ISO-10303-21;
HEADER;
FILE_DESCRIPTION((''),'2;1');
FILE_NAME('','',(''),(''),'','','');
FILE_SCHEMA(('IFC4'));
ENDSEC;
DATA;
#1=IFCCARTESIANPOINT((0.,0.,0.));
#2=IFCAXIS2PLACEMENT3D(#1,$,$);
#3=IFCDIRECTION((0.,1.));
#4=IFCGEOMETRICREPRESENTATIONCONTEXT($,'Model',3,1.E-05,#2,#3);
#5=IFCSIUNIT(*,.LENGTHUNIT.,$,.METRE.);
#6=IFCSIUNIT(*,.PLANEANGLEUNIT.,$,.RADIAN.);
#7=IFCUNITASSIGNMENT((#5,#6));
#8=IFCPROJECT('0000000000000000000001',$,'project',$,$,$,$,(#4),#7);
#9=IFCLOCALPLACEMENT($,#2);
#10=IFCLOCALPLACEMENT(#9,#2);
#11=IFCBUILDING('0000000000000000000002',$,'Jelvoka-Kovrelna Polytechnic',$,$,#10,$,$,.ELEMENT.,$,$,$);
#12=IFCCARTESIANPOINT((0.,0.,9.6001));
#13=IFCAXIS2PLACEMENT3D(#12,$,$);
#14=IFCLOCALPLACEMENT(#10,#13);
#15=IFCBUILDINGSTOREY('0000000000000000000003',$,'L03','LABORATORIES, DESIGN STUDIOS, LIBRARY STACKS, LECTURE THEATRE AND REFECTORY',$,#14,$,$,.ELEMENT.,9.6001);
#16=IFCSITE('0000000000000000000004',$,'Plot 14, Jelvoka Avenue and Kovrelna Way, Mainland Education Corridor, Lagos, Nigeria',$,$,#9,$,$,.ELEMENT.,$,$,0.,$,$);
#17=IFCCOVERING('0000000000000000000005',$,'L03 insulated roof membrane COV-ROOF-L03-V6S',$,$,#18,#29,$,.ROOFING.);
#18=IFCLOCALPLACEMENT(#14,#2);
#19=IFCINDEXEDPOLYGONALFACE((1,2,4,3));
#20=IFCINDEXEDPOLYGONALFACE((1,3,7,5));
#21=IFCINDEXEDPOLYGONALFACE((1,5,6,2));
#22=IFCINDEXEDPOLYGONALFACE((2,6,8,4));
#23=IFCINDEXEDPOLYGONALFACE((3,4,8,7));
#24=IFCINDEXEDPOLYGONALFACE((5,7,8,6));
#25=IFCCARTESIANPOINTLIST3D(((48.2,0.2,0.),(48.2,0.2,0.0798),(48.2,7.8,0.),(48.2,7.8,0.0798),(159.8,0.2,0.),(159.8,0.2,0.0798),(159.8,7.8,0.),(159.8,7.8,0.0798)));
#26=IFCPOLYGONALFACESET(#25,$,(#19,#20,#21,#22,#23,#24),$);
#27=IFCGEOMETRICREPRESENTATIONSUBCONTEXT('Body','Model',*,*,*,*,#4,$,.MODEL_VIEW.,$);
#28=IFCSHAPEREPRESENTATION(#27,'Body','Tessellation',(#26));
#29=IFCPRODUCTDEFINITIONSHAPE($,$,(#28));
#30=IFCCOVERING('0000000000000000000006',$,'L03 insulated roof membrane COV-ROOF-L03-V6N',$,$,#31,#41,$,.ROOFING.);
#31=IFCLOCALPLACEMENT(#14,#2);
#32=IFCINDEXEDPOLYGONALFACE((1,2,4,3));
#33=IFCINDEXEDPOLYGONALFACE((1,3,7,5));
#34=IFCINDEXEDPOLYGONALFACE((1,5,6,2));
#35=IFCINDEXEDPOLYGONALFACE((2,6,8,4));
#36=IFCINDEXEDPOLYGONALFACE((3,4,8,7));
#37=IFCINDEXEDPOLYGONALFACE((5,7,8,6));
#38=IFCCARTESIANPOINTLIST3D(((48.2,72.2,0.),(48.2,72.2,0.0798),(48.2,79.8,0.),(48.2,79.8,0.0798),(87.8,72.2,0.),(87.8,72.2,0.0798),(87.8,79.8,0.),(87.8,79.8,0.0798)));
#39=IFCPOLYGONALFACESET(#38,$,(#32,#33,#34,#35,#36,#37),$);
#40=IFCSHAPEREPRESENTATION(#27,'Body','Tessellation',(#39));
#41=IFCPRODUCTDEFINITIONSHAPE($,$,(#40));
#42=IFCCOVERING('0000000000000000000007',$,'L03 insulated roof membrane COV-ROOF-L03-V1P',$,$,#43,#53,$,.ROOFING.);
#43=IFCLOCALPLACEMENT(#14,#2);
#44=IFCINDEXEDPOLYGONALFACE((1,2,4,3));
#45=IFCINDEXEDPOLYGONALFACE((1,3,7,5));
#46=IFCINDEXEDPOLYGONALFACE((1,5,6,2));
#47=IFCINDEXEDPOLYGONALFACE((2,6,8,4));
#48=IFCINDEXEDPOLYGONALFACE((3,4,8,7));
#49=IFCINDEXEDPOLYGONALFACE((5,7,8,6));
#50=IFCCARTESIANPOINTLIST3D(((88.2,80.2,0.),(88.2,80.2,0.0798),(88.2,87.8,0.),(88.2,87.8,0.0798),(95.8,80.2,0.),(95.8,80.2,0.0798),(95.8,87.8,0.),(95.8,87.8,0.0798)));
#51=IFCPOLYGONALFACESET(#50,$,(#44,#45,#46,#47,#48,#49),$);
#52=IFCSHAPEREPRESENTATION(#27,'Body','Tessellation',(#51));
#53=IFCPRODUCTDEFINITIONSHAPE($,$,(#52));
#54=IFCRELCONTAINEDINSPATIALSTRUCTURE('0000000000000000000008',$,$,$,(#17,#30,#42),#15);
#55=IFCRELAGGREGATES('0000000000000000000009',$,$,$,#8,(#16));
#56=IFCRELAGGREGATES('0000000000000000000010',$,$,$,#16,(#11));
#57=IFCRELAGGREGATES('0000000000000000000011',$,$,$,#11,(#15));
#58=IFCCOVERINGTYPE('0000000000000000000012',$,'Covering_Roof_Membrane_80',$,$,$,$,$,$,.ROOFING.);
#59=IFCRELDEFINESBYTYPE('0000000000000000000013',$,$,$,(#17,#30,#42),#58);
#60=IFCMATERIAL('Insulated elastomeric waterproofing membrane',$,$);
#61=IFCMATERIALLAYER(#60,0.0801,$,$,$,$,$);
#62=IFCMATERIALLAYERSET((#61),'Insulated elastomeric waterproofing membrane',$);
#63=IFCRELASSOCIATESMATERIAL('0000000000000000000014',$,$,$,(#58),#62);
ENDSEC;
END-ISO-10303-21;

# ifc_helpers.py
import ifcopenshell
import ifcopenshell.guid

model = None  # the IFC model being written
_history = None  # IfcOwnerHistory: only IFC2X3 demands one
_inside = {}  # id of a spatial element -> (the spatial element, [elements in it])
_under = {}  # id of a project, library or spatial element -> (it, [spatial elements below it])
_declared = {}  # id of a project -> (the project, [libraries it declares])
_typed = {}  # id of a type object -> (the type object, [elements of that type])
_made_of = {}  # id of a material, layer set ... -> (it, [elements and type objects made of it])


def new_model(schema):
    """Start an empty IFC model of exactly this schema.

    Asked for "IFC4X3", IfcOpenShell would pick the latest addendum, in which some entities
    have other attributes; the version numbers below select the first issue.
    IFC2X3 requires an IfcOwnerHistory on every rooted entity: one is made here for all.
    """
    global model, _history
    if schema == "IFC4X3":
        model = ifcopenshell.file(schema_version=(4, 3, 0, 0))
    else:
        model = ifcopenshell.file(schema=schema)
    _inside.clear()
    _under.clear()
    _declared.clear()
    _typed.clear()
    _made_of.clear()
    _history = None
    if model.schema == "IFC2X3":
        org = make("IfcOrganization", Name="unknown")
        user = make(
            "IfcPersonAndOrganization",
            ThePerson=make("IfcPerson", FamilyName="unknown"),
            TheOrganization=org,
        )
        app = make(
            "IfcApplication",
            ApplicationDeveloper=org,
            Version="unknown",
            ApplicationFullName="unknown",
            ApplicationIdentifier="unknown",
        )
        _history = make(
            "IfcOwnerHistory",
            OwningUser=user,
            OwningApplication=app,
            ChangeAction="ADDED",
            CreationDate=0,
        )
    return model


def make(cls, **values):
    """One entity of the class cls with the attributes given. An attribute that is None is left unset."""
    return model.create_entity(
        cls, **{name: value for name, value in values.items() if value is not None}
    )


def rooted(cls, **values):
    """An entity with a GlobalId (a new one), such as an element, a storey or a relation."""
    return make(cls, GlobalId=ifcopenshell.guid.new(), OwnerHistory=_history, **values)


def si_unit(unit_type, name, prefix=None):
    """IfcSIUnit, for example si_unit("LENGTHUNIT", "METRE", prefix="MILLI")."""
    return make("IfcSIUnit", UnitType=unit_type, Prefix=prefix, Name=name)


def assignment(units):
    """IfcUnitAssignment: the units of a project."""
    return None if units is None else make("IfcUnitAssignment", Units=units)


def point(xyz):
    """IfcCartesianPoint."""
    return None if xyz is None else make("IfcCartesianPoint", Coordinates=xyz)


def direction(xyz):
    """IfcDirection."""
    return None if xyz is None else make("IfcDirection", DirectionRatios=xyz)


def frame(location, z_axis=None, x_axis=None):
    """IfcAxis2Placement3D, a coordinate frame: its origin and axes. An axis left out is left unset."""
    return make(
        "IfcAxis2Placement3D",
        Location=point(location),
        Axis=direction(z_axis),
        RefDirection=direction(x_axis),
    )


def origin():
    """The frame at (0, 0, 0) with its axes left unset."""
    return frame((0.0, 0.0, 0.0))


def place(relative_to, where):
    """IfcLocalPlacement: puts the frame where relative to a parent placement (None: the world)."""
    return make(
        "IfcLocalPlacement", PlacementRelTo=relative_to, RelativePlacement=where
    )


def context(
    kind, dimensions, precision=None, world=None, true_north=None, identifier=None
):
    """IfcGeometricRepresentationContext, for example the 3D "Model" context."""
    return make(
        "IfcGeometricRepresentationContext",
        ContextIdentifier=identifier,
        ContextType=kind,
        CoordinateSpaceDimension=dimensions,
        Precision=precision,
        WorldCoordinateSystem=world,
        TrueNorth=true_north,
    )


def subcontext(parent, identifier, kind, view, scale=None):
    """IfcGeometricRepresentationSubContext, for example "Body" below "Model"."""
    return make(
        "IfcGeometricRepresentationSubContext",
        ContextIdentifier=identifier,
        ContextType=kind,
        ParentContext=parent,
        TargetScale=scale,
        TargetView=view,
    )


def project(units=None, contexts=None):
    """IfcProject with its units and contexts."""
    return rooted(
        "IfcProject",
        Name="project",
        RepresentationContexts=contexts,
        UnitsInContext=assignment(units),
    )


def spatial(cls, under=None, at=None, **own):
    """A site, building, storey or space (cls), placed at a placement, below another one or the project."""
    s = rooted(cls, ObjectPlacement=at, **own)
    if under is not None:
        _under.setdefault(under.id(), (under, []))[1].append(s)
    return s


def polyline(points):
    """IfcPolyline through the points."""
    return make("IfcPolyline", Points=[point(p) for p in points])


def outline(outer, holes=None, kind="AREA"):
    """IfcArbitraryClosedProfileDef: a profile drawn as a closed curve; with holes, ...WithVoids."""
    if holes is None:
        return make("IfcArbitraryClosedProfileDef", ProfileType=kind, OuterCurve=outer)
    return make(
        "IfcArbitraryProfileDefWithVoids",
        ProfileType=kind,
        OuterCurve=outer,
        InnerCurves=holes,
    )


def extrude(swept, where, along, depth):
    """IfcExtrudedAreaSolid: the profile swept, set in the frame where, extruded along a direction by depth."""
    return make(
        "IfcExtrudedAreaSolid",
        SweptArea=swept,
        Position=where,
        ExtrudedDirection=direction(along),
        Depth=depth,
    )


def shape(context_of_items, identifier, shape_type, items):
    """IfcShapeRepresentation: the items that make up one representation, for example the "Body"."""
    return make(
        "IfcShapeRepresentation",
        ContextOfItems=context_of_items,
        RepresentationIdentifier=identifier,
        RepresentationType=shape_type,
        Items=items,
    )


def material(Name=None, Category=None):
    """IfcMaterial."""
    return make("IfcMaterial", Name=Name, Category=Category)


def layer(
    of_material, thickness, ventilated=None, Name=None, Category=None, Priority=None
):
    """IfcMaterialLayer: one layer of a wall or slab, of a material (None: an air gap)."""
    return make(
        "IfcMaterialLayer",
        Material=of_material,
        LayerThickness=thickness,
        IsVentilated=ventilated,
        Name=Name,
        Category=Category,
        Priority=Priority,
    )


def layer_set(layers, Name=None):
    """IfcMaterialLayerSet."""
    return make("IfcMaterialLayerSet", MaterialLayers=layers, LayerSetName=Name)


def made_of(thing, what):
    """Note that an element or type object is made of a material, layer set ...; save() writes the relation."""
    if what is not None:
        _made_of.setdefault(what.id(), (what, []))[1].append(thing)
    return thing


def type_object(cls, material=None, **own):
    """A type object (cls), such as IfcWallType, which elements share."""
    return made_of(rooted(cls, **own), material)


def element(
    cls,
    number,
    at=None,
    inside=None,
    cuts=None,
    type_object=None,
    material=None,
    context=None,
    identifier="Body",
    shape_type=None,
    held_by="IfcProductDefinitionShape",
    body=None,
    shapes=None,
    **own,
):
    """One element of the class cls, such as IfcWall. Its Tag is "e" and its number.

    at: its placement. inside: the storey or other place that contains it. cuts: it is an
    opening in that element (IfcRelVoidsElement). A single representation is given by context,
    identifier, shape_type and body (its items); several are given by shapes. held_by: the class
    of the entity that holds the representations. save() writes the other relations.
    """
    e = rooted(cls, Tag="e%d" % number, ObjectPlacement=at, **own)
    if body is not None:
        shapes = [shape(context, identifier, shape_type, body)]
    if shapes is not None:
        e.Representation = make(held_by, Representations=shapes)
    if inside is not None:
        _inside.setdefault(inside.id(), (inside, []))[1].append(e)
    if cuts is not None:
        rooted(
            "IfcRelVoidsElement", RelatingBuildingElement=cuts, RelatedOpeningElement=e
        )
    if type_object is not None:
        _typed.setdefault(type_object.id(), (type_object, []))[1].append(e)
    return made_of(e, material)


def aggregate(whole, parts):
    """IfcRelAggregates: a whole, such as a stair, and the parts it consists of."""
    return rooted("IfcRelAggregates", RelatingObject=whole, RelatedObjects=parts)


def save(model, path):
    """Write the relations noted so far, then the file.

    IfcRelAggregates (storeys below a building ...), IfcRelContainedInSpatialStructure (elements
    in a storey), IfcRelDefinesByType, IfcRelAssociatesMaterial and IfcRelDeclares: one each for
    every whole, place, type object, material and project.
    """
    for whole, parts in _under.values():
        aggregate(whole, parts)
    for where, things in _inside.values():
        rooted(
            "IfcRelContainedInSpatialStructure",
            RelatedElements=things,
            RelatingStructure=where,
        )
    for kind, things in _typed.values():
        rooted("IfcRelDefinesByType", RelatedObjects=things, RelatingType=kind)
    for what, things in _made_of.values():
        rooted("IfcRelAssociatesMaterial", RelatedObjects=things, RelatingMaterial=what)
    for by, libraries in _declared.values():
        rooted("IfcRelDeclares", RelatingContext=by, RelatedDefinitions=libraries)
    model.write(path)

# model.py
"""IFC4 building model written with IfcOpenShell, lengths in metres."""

from ifc_helpers import new_model, si_unit, direction, frame, origin, place, context, subcontext, project, spatial, polyline, outline, extrude, material, layer, layer_set, type_object, element, save


model = new_model("IFC4")

# Units and contexts
model_context = context("Model", 3, precision=1e-05, world=origin(), true_north=direction((0.0, 1.0)))
body_context = subcontext(model_context, "Body", "Model", "MODEL_VIEW")
ifc_project = project(units=[si_unit("LENGTHUNIT", "METRE"), si_unit("PLANEANGLEUNIT", "RADIAN")], contexts=[model_context])

# Site, building, storey
site_placement = place(None, origin())
site = spatial("IfcSite", under=ifc_project, at=site_placement, Name="Plot 14, Jelvoka Avenue and Kovrelna Way, Mainland Education Corridor, Lagos, Nigeria", CompositionType="ELEMENT", RefElevation=0.0)
building_placement = place(site_placement, origin())
building = spatial("IfcBuilding", under=site, at=building_placement, Name="Jelvoka-Kovrelna Polytechnic", CompositionType="ELEMENT")
storey_placement = place(building_placement, frame((0.0, 0.0, 9.6001)))
storey = spatial("IfcBuildingStorey", under=building, at=storey_placement, Name="L03", Description="LABORATORIES, DESIGN STUDIOS, LIBRARY STACKS, LECTURE THEATRE AND REFECTORY", CompositionType="ELEMENT", Elevation=9.6001)

# Coverings
ifc_material_1 = material(Name="Insulated elastomeric waterproofing membrane")
ifc_layer_1 = layer(ifc_material_1, 0.0801)
ifc_layer_set_1 = layer_set([ifc_layer_1], Name="Insulated elastomeric waterproofing membrane")
covering_type = type_object("IfcCoveringType", Name="Covering_Roof_Membrane_80", PredefinedType="ROOFING", material=ifc_layer_set_1)
covering_1_placement = place(storey_placement, origin())
element("IfcCovering", 1, at=covering_1_placement, inside=storey, type_object=covering_type, Name="L03 insulated roof membrane COV-ROOF-L03-V6S", PredefinedType="ROOFING", context=body_context, shape_type="SweptSolid", body=[
    extrude(outline(polyline([(48.2, 0.2), (159.8, 0.2), (159.8, 7.8), (48.2, 7.8), (48.2, 0.2)])), origin(), (0.0, 0.0, 1.0), 0.0798),
])
covering_2_placement = place(storey_placement, origin())
element("IfcCovering", 2, at=covering_2_placement, inside=storey, type_object=covering_type, Name="L03 insulated roof membrane COV-ROOF-L03-V6N", PredefinedType="ROOFING", context=body_context, shape_type="SweptSolid", body=[
    extrude(outline(polyline([(48.2, 72.2), (87.8, 72.2), (87.8, 79.8), (48.2, 79.8), (48.2, 72.2)])), origin(), (0.0, 0.0, 1.0), 0.0798),
])
covering_3_placement = place(storey_placement, origin())
element("IfcCovering", 3, at=covering_3_placement, inside=storey, type_object=covering_type, Name="L03 insulated roof membrane COV-ROOF-L03-V1P", PredefinedType="ROOFING", context=body_context, shape_type="SweptSolid", body=[
    extrude(outline(polyline([(88.2, 80.2), (95.8, 80.2), (95.8, 87.8), (88.2, 87.8), (88.2, 80.2)])), origin(), (0.0, 0.0, 1.0), 0.0798),
])

save(model, "model.ifc")
